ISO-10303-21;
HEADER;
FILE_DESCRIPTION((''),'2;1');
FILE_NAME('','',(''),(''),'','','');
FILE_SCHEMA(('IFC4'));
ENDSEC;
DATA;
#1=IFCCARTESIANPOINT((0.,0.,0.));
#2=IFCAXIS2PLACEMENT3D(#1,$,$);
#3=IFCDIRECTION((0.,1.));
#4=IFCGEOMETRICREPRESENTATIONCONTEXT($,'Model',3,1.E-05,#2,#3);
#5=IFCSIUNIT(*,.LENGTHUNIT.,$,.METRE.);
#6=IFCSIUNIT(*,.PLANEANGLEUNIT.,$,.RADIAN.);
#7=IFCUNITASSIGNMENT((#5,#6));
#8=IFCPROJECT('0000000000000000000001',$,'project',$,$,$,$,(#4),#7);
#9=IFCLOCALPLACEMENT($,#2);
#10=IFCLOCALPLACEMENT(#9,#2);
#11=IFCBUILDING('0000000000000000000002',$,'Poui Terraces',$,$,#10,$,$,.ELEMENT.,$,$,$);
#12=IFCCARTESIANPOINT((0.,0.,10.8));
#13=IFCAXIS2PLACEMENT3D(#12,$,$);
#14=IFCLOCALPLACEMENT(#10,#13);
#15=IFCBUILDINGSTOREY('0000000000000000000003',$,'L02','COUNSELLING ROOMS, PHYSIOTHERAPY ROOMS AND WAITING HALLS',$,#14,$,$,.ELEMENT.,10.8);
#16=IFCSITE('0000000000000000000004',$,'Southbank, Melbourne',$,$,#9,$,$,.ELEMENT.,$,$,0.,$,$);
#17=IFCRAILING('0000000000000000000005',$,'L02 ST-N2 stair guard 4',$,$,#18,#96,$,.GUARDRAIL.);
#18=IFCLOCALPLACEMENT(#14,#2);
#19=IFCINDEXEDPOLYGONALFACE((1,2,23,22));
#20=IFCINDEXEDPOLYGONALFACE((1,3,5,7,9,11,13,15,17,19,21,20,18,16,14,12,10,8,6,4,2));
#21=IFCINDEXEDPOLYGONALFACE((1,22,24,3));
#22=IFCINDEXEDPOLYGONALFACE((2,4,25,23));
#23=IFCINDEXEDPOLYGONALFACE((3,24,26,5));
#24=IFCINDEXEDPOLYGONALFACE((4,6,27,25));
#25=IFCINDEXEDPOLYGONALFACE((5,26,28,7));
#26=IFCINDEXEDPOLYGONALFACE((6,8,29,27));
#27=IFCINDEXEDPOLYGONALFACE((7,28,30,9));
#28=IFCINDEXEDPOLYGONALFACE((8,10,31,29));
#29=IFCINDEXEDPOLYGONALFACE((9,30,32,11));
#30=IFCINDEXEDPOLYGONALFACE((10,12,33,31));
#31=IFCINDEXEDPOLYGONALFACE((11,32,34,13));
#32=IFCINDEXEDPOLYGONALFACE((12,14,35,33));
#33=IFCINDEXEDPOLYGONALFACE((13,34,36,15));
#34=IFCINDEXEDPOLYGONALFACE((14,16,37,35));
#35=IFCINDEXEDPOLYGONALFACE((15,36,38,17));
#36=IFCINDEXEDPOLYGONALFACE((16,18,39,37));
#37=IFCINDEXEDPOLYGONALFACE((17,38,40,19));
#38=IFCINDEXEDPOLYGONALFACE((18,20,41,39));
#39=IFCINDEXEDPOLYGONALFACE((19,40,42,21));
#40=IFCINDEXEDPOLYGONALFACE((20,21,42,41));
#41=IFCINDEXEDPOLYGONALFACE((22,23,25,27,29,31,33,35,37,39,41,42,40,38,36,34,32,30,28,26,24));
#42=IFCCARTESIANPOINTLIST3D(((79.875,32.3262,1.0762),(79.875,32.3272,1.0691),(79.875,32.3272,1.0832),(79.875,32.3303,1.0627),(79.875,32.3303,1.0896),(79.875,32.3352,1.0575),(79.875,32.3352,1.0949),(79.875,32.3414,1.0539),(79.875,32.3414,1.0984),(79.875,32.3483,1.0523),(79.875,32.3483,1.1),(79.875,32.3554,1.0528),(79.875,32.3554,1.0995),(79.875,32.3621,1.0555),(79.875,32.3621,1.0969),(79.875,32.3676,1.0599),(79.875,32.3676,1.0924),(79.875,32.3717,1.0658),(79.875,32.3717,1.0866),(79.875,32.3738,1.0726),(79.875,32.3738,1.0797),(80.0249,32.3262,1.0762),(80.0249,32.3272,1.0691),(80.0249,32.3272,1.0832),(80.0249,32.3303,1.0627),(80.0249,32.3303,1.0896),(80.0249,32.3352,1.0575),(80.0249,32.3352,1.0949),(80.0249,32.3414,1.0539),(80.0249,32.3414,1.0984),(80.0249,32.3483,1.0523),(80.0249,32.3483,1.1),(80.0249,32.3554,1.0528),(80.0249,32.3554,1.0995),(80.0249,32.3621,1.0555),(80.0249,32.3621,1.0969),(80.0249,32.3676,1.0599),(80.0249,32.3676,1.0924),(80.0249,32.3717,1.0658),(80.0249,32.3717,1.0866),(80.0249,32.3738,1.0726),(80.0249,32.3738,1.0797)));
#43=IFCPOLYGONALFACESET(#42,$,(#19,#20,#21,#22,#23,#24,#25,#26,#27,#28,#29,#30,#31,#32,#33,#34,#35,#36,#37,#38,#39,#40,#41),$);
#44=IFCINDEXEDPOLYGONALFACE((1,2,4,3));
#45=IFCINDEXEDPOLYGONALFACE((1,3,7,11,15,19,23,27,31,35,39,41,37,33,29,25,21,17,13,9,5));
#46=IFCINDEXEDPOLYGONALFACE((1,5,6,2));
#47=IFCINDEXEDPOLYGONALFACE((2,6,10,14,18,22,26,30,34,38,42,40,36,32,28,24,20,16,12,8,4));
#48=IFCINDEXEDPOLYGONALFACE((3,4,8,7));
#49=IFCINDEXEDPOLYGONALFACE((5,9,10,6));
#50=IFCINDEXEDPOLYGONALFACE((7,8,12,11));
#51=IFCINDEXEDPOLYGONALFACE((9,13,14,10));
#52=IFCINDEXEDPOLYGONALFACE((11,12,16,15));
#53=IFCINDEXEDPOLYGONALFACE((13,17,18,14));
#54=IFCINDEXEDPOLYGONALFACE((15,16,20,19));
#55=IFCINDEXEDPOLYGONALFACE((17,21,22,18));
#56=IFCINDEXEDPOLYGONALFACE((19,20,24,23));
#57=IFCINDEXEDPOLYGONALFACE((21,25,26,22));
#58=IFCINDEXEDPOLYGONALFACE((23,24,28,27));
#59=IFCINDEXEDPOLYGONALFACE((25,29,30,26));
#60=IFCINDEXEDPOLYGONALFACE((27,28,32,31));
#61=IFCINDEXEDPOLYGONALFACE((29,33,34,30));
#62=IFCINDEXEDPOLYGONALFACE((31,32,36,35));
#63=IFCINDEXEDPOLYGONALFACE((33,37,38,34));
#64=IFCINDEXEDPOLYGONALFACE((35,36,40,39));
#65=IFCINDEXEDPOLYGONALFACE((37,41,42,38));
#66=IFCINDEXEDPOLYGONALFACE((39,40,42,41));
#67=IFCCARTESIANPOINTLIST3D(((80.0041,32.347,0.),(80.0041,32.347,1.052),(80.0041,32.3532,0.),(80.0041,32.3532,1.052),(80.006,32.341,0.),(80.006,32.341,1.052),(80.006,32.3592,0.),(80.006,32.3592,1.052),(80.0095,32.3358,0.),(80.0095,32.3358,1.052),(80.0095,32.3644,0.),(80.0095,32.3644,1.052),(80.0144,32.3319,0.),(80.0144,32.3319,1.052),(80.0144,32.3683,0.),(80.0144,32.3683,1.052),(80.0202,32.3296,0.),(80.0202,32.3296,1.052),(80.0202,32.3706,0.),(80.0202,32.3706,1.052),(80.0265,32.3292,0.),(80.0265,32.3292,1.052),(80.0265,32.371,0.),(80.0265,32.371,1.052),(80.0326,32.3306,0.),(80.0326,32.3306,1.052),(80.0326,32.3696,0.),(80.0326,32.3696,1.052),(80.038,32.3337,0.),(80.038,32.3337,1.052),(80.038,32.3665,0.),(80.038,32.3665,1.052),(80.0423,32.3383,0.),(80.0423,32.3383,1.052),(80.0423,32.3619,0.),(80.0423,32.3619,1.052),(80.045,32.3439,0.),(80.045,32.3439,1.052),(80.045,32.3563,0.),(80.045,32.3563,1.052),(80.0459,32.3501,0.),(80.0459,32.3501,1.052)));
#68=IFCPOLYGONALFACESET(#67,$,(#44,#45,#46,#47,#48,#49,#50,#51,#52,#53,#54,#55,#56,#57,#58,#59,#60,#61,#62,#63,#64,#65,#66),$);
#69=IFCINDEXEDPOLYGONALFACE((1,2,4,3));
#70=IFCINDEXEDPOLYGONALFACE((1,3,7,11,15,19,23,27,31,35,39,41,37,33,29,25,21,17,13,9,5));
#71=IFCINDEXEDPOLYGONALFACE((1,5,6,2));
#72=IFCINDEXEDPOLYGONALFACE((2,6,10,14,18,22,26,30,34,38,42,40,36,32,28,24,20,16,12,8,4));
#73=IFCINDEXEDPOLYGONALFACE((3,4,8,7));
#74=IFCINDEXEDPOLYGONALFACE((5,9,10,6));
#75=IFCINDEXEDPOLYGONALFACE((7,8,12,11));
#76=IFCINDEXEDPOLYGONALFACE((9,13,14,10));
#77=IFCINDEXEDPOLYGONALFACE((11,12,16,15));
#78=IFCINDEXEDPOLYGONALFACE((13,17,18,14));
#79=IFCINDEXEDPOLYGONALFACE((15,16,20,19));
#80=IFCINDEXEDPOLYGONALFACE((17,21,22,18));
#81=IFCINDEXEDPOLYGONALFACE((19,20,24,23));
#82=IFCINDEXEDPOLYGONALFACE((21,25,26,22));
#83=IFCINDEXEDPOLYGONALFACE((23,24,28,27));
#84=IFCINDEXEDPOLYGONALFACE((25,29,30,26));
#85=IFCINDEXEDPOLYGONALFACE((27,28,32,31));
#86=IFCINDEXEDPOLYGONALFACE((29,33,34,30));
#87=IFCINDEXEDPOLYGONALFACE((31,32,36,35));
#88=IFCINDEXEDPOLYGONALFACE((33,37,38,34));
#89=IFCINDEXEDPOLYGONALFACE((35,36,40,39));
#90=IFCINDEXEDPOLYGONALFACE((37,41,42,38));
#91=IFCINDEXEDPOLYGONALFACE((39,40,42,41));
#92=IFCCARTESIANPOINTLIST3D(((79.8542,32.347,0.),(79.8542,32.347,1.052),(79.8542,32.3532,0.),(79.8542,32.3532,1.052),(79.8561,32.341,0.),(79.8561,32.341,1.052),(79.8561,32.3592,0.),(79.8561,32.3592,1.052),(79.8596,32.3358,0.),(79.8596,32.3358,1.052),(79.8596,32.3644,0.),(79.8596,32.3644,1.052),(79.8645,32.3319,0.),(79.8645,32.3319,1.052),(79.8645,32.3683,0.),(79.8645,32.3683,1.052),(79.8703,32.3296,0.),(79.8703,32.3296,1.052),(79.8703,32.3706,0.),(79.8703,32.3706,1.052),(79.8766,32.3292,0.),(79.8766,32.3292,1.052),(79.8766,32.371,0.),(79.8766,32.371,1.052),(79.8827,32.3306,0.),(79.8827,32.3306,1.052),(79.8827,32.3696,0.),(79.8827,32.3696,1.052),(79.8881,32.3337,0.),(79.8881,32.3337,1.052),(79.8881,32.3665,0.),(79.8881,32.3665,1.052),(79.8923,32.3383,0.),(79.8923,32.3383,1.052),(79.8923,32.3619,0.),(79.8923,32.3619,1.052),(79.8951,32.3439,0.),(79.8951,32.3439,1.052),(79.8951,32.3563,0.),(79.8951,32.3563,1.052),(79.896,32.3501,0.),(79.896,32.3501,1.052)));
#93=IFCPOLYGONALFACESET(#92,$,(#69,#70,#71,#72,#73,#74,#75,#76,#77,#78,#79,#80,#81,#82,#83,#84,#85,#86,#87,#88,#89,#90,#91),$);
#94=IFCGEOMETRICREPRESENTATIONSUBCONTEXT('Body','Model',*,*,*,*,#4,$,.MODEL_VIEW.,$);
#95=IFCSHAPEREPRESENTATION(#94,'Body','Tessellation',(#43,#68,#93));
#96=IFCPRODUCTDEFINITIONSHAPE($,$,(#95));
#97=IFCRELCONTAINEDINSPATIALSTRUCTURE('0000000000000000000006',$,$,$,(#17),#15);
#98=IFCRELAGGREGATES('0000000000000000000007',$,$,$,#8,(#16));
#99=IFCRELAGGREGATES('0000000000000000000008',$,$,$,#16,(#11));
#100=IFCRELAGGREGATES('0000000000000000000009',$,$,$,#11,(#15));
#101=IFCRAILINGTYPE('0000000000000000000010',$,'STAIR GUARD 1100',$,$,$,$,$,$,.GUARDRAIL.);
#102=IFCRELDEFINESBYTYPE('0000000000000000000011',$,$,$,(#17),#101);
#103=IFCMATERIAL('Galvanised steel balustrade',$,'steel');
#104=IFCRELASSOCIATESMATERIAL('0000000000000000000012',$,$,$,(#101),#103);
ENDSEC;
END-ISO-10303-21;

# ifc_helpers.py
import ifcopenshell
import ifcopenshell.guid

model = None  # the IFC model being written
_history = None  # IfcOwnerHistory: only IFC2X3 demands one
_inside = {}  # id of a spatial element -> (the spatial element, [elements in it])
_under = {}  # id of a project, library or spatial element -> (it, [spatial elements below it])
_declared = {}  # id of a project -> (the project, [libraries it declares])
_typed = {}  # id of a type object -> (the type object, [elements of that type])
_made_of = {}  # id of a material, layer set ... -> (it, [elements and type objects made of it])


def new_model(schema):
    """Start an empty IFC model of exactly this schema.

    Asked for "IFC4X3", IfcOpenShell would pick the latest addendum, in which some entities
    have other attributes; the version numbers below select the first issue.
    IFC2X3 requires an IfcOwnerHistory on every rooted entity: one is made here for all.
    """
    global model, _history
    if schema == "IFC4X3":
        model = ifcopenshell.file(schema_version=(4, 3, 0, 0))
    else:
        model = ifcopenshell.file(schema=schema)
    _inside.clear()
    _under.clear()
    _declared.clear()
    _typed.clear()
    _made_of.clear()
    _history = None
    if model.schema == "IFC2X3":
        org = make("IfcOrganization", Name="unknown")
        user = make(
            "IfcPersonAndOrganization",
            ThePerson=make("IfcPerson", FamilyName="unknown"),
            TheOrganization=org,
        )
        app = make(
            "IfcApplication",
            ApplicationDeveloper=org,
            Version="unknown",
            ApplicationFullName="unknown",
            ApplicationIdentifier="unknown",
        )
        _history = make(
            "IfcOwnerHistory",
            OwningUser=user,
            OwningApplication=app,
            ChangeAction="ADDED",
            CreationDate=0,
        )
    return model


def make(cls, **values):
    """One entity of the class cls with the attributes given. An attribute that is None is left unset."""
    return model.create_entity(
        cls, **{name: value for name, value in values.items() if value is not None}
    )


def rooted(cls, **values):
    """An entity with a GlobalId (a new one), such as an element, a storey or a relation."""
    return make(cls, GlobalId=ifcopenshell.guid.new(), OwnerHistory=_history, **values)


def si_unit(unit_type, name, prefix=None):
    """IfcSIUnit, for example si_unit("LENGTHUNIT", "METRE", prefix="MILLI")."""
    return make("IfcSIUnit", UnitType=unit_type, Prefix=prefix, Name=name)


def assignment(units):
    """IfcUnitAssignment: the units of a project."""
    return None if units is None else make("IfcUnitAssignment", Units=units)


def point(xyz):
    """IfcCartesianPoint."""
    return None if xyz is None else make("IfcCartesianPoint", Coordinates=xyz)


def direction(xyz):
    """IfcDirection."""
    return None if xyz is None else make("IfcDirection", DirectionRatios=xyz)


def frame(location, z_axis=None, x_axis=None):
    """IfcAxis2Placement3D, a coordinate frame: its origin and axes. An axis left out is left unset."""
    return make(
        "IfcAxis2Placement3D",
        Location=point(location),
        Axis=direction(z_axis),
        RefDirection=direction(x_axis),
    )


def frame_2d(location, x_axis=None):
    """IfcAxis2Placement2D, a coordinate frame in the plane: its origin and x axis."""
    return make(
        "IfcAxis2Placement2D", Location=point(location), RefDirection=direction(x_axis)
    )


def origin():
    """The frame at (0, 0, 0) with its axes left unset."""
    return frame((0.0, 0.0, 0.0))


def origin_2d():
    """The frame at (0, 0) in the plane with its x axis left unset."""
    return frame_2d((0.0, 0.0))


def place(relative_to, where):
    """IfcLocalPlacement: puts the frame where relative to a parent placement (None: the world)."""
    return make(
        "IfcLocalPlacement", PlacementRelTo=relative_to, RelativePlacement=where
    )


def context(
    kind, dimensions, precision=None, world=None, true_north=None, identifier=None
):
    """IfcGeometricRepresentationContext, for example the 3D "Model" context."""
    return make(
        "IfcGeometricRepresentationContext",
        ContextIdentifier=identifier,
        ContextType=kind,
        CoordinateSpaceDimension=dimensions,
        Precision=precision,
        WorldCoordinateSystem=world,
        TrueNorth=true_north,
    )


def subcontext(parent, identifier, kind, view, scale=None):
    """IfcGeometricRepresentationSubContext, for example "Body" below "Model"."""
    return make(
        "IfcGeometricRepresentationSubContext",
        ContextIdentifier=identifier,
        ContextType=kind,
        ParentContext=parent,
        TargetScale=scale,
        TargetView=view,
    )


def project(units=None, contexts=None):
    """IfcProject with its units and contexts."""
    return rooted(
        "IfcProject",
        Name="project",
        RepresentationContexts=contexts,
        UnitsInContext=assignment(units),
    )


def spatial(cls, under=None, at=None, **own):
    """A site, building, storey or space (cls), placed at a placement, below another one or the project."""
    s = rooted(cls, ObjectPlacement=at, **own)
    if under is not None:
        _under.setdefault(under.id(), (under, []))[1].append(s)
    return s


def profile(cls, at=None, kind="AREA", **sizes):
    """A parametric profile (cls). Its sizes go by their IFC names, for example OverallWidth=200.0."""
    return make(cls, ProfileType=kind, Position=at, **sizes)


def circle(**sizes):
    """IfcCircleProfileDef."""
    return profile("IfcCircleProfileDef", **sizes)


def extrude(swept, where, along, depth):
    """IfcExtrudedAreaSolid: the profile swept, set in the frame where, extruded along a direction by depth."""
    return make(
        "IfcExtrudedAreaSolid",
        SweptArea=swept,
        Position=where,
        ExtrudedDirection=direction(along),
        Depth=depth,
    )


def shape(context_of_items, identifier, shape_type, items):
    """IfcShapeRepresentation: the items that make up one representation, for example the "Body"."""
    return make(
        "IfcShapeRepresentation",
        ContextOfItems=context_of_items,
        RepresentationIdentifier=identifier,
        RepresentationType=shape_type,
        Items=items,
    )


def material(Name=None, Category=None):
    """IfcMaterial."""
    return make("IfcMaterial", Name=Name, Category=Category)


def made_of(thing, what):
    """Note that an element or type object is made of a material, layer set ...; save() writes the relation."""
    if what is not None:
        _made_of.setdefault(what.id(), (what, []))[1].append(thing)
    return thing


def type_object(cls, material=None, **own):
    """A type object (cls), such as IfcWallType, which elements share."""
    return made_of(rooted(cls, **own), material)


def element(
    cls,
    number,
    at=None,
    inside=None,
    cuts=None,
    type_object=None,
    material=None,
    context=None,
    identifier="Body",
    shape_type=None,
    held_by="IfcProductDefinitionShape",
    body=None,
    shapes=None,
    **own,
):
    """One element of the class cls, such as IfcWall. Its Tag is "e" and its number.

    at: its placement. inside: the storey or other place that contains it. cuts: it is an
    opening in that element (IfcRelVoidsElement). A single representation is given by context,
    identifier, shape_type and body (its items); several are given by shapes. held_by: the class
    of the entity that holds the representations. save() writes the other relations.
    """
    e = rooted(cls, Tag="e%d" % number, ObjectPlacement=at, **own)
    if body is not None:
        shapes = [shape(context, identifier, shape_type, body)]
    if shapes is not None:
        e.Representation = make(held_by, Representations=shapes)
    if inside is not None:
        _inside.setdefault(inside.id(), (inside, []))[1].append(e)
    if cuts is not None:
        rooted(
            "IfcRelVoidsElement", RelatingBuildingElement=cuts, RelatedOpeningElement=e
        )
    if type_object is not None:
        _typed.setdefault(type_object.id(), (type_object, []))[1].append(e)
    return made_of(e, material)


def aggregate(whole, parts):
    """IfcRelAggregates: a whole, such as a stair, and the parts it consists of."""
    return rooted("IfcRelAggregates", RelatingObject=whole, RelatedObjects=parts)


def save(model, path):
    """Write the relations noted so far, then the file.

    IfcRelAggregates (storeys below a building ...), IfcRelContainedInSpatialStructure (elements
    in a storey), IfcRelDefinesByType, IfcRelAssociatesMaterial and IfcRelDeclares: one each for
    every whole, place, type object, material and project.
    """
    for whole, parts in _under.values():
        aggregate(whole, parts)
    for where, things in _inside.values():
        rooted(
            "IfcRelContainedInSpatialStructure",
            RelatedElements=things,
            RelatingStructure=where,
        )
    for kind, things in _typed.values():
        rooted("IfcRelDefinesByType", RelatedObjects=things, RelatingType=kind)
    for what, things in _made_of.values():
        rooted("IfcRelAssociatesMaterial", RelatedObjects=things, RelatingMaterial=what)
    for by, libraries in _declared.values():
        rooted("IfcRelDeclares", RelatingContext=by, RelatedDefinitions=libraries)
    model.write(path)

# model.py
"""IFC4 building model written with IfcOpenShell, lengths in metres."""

from ifc_helpers import new_model, si_unit, direction, frame, origin, origin_2d, place, context, subcontext, project, spatial, circle, extrude, material, type_object, element, save


model = new_model("IFC4")

# Units and contexts
model_context = context("Model", 3, precision=1e-05, world=origin(), true_north=direction((0.0, 1.0)))
body_context = subcontext(model_context, "Body", "Model", "MODEL_VIEW")
ifc_project = project(units=[si_unit("LENGTHUNIT", "METRE"), si_unit("PLANEANGLEUNIT", "RADIAN")], contexts=[model_context])

# Site, building, storey
site_placement = place(None, origin())
site = spatial("IfcSite", under=ifc_project, at=site_placement, Name="Southbank, Melbourne", CompositionType="ELEMENT", RefElevation=0.0)
building_placement = place(site_placement, origin())
building = spatial("IfcBuilding", under=site, at=building_placement, Name="Poui Terraces", CompositionType="ELEMENT")
storey_placement = place(building_placement, frame((0.0, 0.0, 10.8)))
storey = spatial("IfcBuildingStorey", under=building, at=storey_placement, Name="L02", Description="COUNSELLING ROOMS, PHYSIOTHERAPY ROOMS AND WAITING HALLS", CompositionType="ELEMENT", Elevation=10.8)

# Railing
ifc_material_1 = material(Name="Galvanised steel balustrade", Category="steel")
railing_type_1 = type_object("IfcRailingType", Name="STAIR GUARD 1100", PredefinedType="GUARDRAIL", material=ifc_material_1)
railing_1_placement = place(storey_placement, frame((80.0249, 32.3501, 0.0)))
element("IfcRailing", 1, at=railing_1_placement, inside=storey, type_object=railing_type_1, Name="L02 ST-N2 stair guard 4", PredefinedType="GUARDRAIL", context=body_context, shape_type="SweptSolid", body=[
    extrude(circle(Radius=0.0239, at=origin_2d()), frame((0.0, 0.0, 1.0762), z_axis=(-1.0, 0.0, 0.0), x_axis=(0.0, -1.0, 0.0)), (0.0, 0.0, 1.0), 0.1499),
    extrude(circle(Radius=0.021, at=origin_2d()), origin(), (0.0, 0.0, 1.0), 1.052),
    extrude(circle(Radius=0.021, at=origin_2d()), frame((-0.1499, 0.0, 0.0)), (0.0, 0.0, 1.0), 1.052),
])

save(model, "model.ifc")
